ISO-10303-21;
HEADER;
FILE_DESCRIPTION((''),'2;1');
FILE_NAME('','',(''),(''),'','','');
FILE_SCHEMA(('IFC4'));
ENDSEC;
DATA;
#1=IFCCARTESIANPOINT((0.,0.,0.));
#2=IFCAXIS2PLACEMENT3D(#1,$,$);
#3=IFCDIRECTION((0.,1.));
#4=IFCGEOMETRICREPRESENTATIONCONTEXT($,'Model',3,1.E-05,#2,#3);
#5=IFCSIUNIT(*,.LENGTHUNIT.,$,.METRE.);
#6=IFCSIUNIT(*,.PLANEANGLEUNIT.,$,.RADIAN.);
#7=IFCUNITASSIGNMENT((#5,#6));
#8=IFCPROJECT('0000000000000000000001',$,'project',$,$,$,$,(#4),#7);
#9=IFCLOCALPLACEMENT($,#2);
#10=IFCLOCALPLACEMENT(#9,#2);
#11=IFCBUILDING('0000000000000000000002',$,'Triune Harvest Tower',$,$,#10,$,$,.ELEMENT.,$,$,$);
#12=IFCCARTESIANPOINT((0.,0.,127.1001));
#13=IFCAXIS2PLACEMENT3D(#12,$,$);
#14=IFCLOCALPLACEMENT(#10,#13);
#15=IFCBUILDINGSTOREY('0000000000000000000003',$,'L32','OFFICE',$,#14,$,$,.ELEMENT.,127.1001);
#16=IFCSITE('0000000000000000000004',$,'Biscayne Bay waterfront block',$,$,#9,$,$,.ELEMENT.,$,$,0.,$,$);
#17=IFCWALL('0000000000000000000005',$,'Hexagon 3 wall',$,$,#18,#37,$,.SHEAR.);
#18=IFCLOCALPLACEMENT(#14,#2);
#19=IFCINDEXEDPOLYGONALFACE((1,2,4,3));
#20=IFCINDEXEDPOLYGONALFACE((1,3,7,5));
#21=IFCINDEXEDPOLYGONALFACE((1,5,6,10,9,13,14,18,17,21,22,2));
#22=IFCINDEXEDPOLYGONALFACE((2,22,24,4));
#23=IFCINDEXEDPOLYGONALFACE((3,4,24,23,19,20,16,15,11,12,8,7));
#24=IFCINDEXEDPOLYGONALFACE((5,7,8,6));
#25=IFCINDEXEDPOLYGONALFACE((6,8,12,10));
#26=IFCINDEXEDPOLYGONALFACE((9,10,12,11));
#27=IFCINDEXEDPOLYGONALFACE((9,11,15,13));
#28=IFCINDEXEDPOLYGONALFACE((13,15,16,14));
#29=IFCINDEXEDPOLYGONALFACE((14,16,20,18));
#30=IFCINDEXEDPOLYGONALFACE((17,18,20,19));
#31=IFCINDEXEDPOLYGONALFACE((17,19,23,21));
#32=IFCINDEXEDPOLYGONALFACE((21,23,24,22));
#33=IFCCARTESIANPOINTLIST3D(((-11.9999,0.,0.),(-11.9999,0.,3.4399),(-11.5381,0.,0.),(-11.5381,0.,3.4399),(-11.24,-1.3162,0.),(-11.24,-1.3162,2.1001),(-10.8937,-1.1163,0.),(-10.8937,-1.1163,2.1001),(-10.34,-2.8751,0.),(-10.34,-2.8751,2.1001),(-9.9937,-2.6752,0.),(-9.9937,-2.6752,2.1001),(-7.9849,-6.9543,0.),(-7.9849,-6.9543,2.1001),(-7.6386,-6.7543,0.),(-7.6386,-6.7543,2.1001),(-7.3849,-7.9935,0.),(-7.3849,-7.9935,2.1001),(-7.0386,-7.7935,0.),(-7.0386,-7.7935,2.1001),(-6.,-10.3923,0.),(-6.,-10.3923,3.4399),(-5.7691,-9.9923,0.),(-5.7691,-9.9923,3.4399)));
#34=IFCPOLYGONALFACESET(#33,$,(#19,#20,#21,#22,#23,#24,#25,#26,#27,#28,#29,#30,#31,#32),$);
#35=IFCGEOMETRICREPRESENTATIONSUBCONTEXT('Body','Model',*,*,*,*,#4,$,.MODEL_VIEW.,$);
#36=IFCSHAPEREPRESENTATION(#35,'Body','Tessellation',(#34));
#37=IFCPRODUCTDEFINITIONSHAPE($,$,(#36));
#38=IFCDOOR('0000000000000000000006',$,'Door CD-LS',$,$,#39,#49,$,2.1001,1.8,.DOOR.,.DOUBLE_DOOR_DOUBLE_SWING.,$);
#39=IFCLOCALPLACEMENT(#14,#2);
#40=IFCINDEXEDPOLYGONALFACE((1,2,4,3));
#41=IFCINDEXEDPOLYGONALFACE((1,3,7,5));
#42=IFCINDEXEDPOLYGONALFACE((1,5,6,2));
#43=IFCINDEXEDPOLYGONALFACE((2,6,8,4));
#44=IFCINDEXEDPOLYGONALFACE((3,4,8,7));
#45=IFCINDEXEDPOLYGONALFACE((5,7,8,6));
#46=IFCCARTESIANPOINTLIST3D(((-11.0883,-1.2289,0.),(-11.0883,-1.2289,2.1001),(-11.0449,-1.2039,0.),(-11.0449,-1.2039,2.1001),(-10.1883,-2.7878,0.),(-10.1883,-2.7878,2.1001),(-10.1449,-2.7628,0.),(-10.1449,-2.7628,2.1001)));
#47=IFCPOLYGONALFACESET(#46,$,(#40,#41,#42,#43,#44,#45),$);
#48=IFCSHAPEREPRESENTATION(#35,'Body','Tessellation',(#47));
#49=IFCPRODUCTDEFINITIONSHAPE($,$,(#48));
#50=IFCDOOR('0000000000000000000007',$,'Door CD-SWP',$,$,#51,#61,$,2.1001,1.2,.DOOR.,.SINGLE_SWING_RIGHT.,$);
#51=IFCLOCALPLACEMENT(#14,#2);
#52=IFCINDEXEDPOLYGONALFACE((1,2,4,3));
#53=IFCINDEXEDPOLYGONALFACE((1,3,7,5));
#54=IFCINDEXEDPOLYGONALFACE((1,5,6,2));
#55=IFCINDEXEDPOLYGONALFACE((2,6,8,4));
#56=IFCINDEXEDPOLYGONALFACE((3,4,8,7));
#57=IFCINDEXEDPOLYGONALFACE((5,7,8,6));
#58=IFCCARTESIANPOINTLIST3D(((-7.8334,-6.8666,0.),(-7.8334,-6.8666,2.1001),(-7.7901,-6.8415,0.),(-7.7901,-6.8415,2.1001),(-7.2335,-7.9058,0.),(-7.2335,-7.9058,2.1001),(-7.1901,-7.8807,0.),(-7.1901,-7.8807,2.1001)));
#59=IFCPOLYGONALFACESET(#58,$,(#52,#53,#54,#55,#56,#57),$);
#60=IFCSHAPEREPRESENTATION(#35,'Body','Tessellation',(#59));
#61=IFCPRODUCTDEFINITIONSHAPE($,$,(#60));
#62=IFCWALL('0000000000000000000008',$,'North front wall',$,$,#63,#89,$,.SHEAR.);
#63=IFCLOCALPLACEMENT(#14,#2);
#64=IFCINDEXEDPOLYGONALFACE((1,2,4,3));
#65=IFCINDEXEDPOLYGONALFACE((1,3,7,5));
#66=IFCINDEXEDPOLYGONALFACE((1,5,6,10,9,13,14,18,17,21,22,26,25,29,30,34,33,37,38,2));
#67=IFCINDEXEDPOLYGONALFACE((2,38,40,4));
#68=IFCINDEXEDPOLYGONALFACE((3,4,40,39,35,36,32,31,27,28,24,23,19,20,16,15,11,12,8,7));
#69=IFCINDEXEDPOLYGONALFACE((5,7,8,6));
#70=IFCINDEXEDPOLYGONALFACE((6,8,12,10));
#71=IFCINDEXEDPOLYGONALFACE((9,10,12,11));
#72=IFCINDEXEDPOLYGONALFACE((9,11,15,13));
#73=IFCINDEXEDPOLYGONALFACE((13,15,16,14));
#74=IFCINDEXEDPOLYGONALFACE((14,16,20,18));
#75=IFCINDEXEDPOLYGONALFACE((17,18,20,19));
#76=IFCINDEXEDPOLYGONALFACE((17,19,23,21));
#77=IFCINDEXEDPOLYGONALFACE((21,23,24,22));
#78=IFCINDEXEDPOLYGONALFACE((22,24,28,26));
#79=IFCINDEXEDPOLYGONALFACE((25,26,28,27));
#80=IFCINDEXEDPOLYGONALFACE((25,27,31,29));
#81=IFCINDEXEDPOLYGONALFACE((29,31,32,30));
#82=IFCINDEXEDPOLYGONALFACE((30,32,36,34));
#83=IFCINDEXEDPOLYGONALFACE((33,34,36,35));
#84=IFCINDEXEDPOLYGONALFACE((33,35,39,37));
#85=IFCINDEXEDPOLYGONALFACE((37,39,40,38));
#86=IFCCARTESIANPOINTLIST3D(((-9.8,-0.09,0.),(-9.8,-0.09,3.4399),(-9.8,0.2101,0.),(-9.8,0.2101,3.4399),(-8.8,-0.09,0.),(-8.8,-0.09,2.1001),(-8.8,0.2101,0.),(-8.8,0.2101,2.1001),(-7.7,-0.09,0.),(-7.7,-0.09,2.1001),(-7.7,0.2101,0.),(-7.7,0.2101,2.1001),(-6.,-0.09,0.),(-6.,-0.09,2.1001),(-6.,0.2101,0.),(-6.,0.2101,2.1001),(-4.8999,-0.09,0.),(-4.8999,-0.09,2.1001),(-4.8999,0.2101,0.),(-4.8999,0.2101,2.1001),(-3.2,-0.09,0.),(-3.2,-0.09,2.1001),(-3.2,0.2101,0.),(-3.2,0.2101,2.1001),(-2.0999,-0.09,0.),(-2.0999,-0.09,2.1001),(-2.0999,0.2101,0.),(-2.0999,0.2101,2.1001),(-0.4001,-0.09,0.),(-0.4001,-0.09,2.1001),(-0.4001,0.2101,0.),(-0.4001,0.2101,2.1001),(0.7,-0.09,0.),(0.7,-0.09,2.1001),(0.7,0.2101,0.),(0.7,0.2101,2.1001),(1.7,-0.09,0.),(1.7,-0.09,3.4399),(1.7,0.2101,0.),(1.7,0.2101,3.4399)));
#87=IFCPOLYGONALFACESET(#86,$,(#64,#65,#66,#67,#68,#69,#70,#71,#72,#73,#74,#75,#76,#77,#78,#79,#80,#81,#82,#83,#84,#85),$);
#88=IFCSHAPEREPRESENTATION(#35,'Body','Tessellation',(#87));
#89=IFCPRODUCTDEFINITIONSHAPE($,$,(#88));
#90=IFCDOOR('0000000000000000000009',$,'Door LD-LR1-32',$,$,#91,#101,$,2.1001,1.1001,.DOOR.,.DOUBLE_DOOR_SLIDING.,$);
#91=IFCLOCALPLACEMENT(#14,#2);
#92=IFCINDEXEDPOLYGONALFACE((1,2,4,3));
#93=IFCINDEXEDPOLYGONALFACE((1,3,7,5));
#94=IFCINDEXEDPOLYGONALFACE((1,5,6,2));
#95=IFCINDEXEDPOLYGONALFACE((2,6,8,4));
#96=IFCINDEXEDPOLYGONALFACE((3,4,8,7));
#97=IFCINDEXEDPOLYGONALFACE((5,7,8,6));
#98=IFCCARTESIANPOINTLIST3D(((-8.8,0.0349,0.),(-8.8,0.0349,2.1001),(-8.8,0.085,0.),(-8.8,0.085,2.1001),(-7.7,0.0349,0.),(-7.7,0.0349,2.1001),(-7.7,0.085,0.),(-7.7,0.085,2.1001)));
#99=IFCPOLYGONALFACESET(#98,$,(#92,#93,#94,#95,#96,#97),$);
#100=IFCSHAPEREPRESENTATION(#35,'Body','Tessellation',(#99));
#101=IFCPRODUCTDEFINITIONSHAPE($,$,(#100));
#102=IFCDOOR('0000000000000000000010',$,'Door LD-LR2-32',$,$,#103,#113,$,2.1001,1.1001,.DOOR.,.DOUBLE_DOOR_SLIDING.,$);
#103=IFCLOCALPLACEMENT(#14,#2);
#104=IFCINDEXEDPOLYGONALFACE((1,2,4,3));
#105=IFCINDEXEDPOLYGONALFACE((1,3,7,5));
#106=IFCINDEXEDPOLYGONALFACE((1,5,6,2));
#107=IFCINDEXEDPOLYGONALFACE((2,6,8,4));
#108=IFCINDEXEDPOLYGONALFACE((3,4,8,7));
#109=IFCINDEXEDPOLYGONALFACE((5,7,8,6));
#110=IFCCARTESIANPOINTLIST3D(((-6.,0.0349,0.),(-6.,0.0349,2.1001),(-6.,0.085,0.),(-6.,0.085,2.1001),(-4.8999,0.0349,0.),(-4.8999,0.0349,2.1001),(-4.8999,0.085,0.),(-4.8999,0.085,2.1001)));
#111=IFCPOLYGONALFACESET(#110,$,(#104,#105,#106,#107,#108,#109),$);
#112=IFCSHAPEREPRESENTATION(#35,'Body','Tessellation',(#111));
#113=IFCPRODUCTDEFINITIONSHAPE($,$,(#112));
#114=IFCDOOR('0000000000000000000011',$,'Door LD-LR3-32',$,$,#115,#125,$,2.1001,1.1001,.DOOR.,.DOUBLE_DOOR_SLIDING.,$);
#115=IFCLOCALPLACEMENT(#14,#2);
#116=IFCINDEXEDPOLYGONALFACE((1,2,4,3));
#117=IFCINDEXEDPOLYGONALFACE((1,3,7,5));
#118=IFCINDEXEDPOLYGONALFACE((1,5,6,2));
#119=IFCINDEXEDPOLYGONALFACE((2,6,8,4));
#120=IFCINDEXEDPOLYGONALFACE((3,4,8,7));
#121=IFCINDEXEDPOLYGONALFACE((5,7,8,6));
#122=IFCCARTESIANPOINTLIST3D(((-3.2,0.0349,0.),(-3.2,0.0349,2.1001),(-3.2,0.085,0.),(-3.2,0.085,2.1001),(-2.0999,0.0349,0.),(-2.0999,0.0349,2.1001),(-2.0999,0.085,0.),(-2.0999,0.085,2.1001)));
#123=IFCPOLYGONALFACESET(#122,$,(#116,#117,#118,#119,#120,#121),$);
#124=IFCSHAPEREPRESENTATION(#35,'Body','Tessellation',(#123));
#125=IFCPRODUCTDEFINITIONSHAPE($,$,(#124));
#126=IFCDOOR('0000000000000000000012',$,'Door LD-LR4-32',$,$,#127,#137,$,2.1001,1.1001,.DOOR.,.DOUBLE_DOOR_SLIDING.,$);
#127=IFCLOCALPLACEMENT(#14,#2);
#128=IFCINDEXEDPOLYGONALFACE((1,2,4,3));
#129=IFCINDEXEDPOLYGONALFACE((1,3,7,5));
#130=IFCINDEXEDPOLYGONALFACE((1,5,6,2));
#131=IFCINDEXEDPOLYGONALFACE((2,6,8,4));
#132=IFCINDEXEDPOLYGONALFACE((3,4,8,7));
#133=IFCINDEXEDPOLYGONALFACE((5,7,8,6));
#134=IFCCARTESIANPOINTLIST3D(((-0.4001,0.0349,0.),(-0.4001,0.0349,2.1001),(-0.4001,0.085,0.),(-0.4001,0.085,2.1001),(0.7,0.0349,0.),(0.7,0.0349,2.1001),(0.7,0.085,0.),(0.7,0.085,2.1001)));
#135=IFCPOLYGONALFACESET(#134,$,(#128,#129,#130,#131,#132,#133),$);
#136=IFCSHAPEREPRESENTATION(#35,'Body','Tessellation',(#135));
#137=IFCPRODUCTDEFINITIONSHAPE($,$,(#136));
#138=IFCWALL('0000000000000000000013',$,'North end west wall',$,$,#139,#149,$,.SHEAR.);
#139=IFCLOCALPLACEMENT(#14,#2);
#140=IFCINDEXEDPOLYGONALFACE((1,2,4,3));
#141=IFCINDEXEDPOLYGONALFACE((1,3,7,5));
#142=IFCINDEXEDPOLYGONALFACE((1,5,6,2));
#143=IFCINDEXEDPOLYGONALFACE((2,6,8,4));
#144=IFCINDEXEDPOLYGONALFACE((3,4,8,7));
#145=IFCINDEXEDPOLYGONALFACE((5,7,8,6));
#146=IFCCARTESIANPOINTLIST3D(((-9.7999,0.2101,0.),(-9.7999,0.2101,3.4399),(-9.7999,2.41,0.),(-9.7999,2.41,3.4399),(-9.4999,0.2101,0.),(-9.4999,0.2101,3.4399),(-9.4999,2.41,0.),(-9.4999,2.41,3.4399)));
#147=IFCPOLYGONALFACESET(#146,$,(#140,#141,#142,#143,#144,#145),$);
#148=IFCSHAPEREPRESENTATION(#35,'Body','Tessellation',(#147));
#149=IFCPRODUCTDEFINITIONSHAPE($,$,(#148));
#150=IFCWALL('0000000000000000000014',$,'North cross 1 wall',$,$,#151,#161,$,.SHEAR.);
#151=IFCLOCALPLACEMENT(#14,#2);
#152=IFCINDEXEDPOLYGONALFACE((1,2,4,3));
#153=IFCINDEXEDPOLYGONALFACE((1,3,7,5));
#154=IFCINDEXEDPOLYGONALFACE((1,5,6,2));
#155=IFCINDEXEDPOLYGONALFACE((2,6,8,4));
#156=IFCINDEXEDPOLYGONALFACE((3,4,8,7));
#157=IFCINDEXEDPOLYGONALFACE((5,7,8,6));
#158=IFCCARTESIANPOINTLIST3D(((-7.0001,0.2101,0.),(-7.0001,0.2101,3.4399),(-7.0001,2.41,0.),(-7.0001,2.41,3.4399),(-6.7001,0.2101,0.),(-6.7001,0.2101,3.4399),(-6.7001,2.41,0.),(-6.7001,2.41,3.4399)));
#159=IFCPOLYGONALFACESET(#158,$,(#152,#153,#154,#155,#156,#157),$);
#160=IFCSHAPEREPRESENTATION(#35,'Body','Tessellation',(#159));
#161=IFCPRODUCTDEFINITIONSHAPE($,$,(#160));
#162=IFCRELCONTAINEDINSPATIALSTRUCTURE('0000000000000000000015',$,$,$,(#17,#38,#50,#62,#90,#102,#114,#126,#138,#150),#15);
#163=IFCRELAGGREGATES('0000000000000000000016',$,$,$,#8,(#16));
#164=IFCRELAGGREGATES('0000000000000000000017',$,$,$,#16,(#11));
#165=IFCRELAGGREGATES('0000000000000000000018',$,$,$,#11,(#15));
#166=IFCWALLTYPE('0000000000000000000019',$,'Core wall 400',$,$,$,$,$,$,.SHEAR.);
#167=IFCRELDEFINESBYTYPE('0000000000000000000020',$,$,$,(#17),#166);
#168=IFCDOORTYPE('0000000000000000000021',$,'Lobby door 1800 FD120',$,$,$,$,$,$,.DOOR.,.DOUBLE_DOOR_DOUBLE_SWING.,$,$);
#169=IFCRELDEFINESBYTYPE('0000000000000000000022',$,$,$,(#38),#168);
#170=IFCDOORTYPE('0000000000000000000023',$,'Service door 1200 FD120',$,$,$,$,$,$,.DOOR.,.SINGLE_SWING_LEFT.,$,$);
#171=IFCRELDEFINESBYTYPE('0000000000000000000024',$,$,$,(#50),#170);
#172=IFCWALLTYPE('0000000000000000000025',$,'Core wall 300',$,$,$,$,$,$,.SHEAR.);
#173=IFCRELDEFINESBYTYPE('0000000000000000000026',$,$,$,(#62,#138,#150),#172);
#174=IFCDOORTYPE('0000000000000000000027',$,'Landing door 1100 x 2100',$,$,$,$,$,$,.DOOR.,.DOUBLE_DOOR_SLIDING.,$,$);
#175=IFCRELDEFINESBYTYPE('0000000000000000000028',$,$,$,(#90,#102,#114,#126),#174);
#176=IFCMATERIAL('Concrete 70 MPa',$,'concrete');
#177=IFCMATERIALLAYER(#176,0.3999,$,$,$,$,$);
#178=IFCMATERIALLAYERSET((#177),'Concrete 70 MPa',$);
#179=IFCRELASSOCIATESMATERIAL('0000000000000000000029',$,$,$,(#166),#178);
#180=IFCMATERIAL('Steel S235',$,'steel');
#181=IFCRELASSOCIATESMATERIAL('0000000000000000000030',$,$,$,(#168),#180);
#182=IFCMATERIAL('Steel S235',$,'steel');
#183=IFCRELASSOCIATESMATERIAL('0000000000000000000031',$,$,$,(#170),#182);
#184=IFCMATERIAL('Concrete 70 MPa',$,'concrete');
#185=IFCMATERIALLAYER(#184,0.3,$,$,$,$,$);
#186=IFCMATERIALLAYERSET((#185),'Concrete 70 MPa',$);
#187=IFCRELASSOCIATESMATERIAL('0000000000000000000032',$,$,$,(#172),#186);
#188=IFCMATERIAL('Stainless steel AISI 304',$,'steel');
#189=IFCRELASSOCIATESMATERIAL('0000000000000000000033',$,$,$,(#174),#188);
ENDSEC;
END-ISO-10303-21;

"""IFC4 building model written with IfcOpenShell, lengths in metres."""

from ifc_helpers import new_model, si_unit, direction, frame, frame_2d, origin, place, context, subcontext, project, spatial, polyline, rectangle, outline, extrude, source, transform, mapped, material, layer, layer_set, type_object, element, fill, save


model = new_model("IFC4")

# Units and contexts
model_context = context("Model", 3, precision=1e-05, world=origin(), true_north=direction((0.0, 1.0)))
body_context = subcontext(model_context, "Body", "Model", "MODEL_VIEW")
ifc_project = project(units=[si_unit("LENGTHUNIT", "METRE"), si_unit("PLANEANGLEUNIT", "RADIAN")], contexts=[model_context])

# Site, building, storey
site_placement = place(None, origin())
site = spatial("IfcSite", under=ifc_project, at=site_placement, Name="Biscayne Bay waterfront block", CompositionType="ELEMENT", RefElevation=0.0)
building_placement = place(site_placement, origin())
building = spatial("IfcBuilding", under=site, at=building_placement, Name="Triune Harvest Tower", CompositionType="ELEMENT")
storey_placement = place(building_placement, frame((0.0, 0.0, 127.1001)))
storey = spatial("IfcBuildingStorey", under=building, at=storey_placement, Name="L32", Description="OFFICE", CompositionType="ELEMENT", Elevation=127.1001)

# Walls, openings, doors
ifc_material_1 = material(Name="Concrete 70 MPa", Category="concrete")
ifc_layer_1 = layer(ifc_material_1, 0.3999)
ifc_layer_set_1 = layer_set([ifc_layer_1], Name="Concrete 70 MPa")
wall_type_1 = type_object("IfcWallType", Name="Core wall 400", PredefinedType="SHEAR", material=ifc_layer_set_1)
shared_shape_1 = source(origin(), body_context, "Body", "SweptSolid", [
    extrude(outline(polyline([(-0.1155, -0.2), (11.8845, -0.2), (11.6536, 0.2), (0.1155, 0.2), (-0.1155, -0.2)])), origin(), (0.0, 0.0, 1.0), 3.4399),
])
wall_1_placement = place(storey_placement, frame((-11.769, 0.0, 0.0), z_axis=(0.0, 0.0, 1.0), x_axis=(0.499997, -0.866027, 0.0)))
wall_1 = element("IfcWall", 1, at=wall_1_placement, inside=storey, type_object=wall_type_1, Name="Hexagon 3 wall", PredefinedType="SHEAR", context=body_context, shape_type="MappedRepresentation", body=[
    mapped(shared_shape_1, transform((0.0, 0.0, 0.0), scale=1.0)),
])
opening_1_placement = place(wall_1_placement, frame((1.4045, 0.0, 0.0)))
opening_1 = element("IfcOpeningElement", 2, at=opening_1_placement, cuts=wall_1, PredefinedType="OPENING", context=body_context, shape_type="SweptSolid", body=[
    extrude(rectangle(XDim=1.8, YDim=2.1001, at=frame_2d((0.8999, 1.05))), frame((0.0, 0.21, 0.0), z_axis=(0.0, -1.0, 0.0), x_axis=(1.0, 0.0, 0.0)), (0.0, 0.0, 1.0), 0.4199),
])
opening_2_placement = place(wall_1_placement, frame((7.9146, 0.0, 0.0)))
opening_2 = element("IfcOpeningElement", 3, at=opening_2_placement, cuts=wall_1, PredefinedType="OPENING", context=body_context, shape_type="SweptSolid", body=[
    extrude(rectangle(XDim=1.2, YDim=2.1001, at=frame_2d((0.6001, 1.05))), frame((0.0, 0.21, 0.0), z_axis=(0.0, -1.0, 0.0), x_axis=(1.0, 0.0, 0.0)), (0.0, 0.0, 1.0), 0.4199),
])
ifc_material_2 = material(Name="Steel S235", Category="steel")
door_type_1 = type_object("IfcDoorType", Name="Lobby door 1800 FD120", OperationType="DOUBLE_DOOR_DOUBLE_SWING", PredefinedType="DOOR", material=ifc_material_2)
door_1_placement = place(opening_1_placement, frame((1.8, 0.0, 0.0), z_axis=(0.0, 0.0, 1.0), x_axis=(-1.0, 0.0, 0.0)))
door_1 = element("IfcDoor", 4, at=door_1_placement, inside=storey, type_object=door_type_1, Name="Door CD-LS", OperationType="DOUBLE_DOOR_DOUBLE_SWING", OverallHeight=2.1001, OverallWidth=1.8, PredefinedType="DOOR", context=body_context, shape_type="SweptSolid", body=[
    extrude(rectangle(XDim=1.8, YDim=2.1001, at=frame_2d((0.8999, 1.05))), frame((0.0, 0.0249, 0.0), z_axis=(0.0, -1.0, 0.0), x_axis=(1.0, 0.0, 0.0)), (0.0, 0.0, 1.0), 0.05),
])
fill(opening_1, door_1)
ifc_material_3 = material(Name="Steel S235", Category="steel")
door_type_2 = type_object("IfcDoorType", Name="Service door 1200 FD120", OperationType="SINGLE_SWING_LEFT", PredefinedType="DOOR", material=ifc_material_3)
door_2_placement = place(opening_2_placement, frame((1.2, 0.0, 0.0), z_axis=(0.0, 0.0, 1.0), x_axis=(-1.0, 0.0, 0.0)))
door_2 = element("IfcDoor", 5, at=door_2_placement, inside=storey, type_object=door_type_2, Name="Door CD-SWP", OperationType="SINGLE_SWING_RIGHT", OverallHeight=2.1001, OverallWidth=1.2, PredefinedType="DOOR", context=body_context, shape_type="SweptSolid", body=[
    extrude(rectangle(XDim=1.2, YDim=2.1001, at=frame_2d((0.6001, 1.05))), frame((0.0, 0.0249, 0.0), z_axis=(0.0, -1.0, 0.0), x_axis=(1.0, 0.0, 0.0)), (0.0, 0.0, 1.0), 0.05),
])
fill(opening_2, door_2)
ifc_material_4 = material(Name="Concrete 70 MPa", Category="concrete")
ifc_layer_2 = layer(ifc_material_4, 0.3)
ifc_layer_set_2 = layer_set([ifc_layer_2], Name="Concrete 70 MPa")
wall_type_2 = type_object("IfcWallType", Name="Core wall 300", PredefinedType="SHEAR", material=ifc_layer_set_2)
shared_shape_2 = source(origin(), body_context, "Body", "SweptSolid", [
    extrude(rectangle(XDim=11.5, YDim=0.3, at=frame_2d((5.75, 0.0))), origin(), (0.0, 0.0, 1.0), 3.4399),
])
wall_2_placement = place(storey_placement, frame((-9.8, 0.0601, 0.0), z_axis=(0.0, 0.0, 1.0), x_axis=(1.0, 0.0, 0.0)))
wall_2 = element("IfcWall", 6, at=wall_2_placement, inside=storey, type_object=wall_type_2, Name="North front wall", PredefinedType="SHEAR", context=body_context, shape_type="MappedRepresentation", body=[
    mapped(shared_shape_2, transform((0.0, 0.0, 0.0), scale=1.0)),
])
opening_3_placement = place(wall_2_placement, frame((1.0, 0.0, 0.0)))
opening_3 = element("IfcOpeningElement", 7, at=opening_3_placement, cuts=wall_2, PredefinedType="OPENING", context=body_context, shape_type="SweptSolid", body=[
    extrude(rectangle(XDim=1.1001, YDim=2.1001, at=frame_2d((0.55, 1.05))), frame((0.0, 0.1602, 0.0), z_axis=(0.0, -1.0, 0.0), x_axis=(1.0, 0.0, 0.0)), (0.0, 0.0, 1.0), 0.3201),
])
opening_4_placement = place(wall_2_placement, frame((3.8, 0.0, 0.0)))
opening_4 = element("IfcOpeningElement", 8, at=opening_4_placement, cuts=wall_2, PredefinedType="OPENING", context=body_context, shape_type="SweptSolid", body=[
    extrude(rectangle(XDim=1.1001, YDim=2.1001, at=frame_2d((0.55, 1.05))), frame((0.0, 0.1602, 0.0), z_axis=(0.0, -1.0, 0.0), x_axis=(1.0, 0.0, 0.0)), (0.0, 0.0, 1.0), 0.3201),
])
opening_5_placement = place(wall_2_placement, frame((6.6001, 0.0, 0.0)))
opening_5 = element("IfcOpeningElement", 9, at=opening_5_placement, cuts=wall_2, PredefinedType="OPENING", context=body_context, shape_type="SweptSolid", body=[
    extrude(rectangle(XDim=1.1001, YDim=2.1001, at=frame_2d((0.55, 1.05))), frame((0.0, 0.1602, 0.0), z_axis=(0.0, -1.0, 0.0), x_axis=(1.0, 0.0, 0.0)), (0.0, 0.0, 1.0), 0.3201),
])
opening_6_placement = place(wall_2_placement, frame((9.3999, 0.0, 0.0)))
opening_6 = element("IfcOpeningElement", 10, at=opening_6_placement, cuts=wall_2, PredefinedType="OPENING", context=body_context, shape_type="SweptSolid", body=[
    extrude(rectangle(XDim=1.1001, YDim=2.1001, at=frame_2d((0.55, 1.05))), frame((0.0, 0.1602, 0.0), z_axis=(0.0, -1.0, 0.0), x_axis=(1.0, 0.0, 0.0)), (0.0, 0.0, 1.0), 0.3201),
])
ifc_material_5 = material(Name="Stainless steel AISI 304", Category="steel")
door_type_3 = type_object("IfcDoorType", Name="Landing door 1100 x 2100", OperationType="DOUBLE_DOOR_SLIDING", PredefinedType="DOOR", material=ifc_material_5)
door_3_placement = place(opening_3_placement, origin())
door_3 = element("IfcDoor", 11, at=door_3_placement, inside=storey, type_object=door_type_3, Name="Door LD-LR1-32", OperationType="DOUBLE_DOOR_SLIDING", OverallHeight=2.1001, OverallWidth=1.1001, PredefinedType="DOOR", context=body_context, shape_type="SweptSolid", body=[
    extrude(rectangle(XDim=1.1001, YDim=2.1001, at=frame_2d((0.55, 1.05))), frame((0.0, 0.0249, 0.0), z_axis=(0.0, -1.0, 0.0), x_axis=(1.0, 0.0, 0.0)), (0.0, 0.0, 1.0), 0.05),
])
fill(opening_3, door_3)
door_4_placement = place(opening_4_placement, origin())
door_4 = element("IfcDoor", 12, at=door_4_placement, inside=storey, type_object=door_type_3, Name="Door LD-LR2-32", OperationType="DOUBLE_DOOR_SLIDING", OverallHeight=2.1001, OverallWidth=1.1001, PredefinedType="DOOR", context=body_context, shape_type="SweptSolid", body=[
    extrude(rectangle(XDim=1.1001, YDim=2.1001, at=frame_2d((0.55, 1.05))), frame((0.0, 0.0249, 0.0), z_axis=(0.0, -1.0, 0.0), x_axis=(1.0, 0.0, 0.0)), (0.0, 0.0, 1.0), 0.05),
])
fill(opening_4, door_4)
door_5_placement = place(opening_5_placement, origin())
door_5 = element("IfcDoor", 13, at=door_5_placement, inside=storey, type_object=door_type_3, Name="Door LD-LR3-32", OperationType="DOUBLE_DOOR_SLIDING", OverallHeight=2.1001, OverallWidth=1.1001, PredefinedType="DOOR", context=body_context, shape_type="SweptSolid", body=[
    extrude(rectangle(XDim=1.1001, YDim=2.1001, at=frame_2d((0.55, 1.05))), frame((0.0, 0.0249, 0.0), z_axis=(0.0, -1.0, 0.0), x_axis=(1.0, 0.0, 0.0)), (0.0, 0.0, 1.0), 0.05),
])
fill(opening_5, door_5)
door_6_placement = place(opening_6_placement, origin())
door_6 = element("IfcDoor", 14, at=door_6_placement, inside=storey, type_object=door_type_3, Name="Door LD-LR4-32", OperationType="DOUBLE_DOOR_SLIDING", OverallHeight=2.1001, OverallWidth=1.1001, PredefinedType="DOOR", context=body_context, shape_type="SweptSolid", body=[
    extrude(rectangle(XDim=1.1001, YDim=2.1001, at=frame_2d((0.55, 1.05))), frame((0.0, 0.0249, 0.0), z_axis=(0.0, -1.0, 0.0), x_axis=(1.0, 0.0, 0.0)), (0.0, 0.0, 1.0), 0.05),
])
fill(opening_6, door_6)

# Walls
shared_shape_3 = source(origin(), body_context, "Body", "SweptSolid", [
    extrude(rectangle(XDim=2.2, YDim=0.3, at=frame_2d((1.1001, 0.0))), origin(), (0.0, 0.0, 1.0), 3.4399),
])
for number, where, z_axis, x_axis, name in (
    (15, (-9.6499, 0.21, 0.0), (0.0, 0.0, 1.0), (0.0, 1.0, 0.0), "North end west wall"),
    (16, (-6.8501, 0.21, 0.0), (0.0, 0.0, 1.0), (0.0, 1.0, 0.0), "North cross 1 wall"),
):
    element("IfcWall", number, at=place(storey_placement, frame(where, z_axis=z_axis, x_axis=x_axis)), inside=storey, type_object=wall_type_2, Name=name, PredefinedType="SHEAR", context=body_context, shape_type="MappedRepresentation", body=[
        mapped(shared_shape_3, transform((0.0, 0.0, 0.0), scale=1.0)),
    ])

save(model, "model.ifc")
